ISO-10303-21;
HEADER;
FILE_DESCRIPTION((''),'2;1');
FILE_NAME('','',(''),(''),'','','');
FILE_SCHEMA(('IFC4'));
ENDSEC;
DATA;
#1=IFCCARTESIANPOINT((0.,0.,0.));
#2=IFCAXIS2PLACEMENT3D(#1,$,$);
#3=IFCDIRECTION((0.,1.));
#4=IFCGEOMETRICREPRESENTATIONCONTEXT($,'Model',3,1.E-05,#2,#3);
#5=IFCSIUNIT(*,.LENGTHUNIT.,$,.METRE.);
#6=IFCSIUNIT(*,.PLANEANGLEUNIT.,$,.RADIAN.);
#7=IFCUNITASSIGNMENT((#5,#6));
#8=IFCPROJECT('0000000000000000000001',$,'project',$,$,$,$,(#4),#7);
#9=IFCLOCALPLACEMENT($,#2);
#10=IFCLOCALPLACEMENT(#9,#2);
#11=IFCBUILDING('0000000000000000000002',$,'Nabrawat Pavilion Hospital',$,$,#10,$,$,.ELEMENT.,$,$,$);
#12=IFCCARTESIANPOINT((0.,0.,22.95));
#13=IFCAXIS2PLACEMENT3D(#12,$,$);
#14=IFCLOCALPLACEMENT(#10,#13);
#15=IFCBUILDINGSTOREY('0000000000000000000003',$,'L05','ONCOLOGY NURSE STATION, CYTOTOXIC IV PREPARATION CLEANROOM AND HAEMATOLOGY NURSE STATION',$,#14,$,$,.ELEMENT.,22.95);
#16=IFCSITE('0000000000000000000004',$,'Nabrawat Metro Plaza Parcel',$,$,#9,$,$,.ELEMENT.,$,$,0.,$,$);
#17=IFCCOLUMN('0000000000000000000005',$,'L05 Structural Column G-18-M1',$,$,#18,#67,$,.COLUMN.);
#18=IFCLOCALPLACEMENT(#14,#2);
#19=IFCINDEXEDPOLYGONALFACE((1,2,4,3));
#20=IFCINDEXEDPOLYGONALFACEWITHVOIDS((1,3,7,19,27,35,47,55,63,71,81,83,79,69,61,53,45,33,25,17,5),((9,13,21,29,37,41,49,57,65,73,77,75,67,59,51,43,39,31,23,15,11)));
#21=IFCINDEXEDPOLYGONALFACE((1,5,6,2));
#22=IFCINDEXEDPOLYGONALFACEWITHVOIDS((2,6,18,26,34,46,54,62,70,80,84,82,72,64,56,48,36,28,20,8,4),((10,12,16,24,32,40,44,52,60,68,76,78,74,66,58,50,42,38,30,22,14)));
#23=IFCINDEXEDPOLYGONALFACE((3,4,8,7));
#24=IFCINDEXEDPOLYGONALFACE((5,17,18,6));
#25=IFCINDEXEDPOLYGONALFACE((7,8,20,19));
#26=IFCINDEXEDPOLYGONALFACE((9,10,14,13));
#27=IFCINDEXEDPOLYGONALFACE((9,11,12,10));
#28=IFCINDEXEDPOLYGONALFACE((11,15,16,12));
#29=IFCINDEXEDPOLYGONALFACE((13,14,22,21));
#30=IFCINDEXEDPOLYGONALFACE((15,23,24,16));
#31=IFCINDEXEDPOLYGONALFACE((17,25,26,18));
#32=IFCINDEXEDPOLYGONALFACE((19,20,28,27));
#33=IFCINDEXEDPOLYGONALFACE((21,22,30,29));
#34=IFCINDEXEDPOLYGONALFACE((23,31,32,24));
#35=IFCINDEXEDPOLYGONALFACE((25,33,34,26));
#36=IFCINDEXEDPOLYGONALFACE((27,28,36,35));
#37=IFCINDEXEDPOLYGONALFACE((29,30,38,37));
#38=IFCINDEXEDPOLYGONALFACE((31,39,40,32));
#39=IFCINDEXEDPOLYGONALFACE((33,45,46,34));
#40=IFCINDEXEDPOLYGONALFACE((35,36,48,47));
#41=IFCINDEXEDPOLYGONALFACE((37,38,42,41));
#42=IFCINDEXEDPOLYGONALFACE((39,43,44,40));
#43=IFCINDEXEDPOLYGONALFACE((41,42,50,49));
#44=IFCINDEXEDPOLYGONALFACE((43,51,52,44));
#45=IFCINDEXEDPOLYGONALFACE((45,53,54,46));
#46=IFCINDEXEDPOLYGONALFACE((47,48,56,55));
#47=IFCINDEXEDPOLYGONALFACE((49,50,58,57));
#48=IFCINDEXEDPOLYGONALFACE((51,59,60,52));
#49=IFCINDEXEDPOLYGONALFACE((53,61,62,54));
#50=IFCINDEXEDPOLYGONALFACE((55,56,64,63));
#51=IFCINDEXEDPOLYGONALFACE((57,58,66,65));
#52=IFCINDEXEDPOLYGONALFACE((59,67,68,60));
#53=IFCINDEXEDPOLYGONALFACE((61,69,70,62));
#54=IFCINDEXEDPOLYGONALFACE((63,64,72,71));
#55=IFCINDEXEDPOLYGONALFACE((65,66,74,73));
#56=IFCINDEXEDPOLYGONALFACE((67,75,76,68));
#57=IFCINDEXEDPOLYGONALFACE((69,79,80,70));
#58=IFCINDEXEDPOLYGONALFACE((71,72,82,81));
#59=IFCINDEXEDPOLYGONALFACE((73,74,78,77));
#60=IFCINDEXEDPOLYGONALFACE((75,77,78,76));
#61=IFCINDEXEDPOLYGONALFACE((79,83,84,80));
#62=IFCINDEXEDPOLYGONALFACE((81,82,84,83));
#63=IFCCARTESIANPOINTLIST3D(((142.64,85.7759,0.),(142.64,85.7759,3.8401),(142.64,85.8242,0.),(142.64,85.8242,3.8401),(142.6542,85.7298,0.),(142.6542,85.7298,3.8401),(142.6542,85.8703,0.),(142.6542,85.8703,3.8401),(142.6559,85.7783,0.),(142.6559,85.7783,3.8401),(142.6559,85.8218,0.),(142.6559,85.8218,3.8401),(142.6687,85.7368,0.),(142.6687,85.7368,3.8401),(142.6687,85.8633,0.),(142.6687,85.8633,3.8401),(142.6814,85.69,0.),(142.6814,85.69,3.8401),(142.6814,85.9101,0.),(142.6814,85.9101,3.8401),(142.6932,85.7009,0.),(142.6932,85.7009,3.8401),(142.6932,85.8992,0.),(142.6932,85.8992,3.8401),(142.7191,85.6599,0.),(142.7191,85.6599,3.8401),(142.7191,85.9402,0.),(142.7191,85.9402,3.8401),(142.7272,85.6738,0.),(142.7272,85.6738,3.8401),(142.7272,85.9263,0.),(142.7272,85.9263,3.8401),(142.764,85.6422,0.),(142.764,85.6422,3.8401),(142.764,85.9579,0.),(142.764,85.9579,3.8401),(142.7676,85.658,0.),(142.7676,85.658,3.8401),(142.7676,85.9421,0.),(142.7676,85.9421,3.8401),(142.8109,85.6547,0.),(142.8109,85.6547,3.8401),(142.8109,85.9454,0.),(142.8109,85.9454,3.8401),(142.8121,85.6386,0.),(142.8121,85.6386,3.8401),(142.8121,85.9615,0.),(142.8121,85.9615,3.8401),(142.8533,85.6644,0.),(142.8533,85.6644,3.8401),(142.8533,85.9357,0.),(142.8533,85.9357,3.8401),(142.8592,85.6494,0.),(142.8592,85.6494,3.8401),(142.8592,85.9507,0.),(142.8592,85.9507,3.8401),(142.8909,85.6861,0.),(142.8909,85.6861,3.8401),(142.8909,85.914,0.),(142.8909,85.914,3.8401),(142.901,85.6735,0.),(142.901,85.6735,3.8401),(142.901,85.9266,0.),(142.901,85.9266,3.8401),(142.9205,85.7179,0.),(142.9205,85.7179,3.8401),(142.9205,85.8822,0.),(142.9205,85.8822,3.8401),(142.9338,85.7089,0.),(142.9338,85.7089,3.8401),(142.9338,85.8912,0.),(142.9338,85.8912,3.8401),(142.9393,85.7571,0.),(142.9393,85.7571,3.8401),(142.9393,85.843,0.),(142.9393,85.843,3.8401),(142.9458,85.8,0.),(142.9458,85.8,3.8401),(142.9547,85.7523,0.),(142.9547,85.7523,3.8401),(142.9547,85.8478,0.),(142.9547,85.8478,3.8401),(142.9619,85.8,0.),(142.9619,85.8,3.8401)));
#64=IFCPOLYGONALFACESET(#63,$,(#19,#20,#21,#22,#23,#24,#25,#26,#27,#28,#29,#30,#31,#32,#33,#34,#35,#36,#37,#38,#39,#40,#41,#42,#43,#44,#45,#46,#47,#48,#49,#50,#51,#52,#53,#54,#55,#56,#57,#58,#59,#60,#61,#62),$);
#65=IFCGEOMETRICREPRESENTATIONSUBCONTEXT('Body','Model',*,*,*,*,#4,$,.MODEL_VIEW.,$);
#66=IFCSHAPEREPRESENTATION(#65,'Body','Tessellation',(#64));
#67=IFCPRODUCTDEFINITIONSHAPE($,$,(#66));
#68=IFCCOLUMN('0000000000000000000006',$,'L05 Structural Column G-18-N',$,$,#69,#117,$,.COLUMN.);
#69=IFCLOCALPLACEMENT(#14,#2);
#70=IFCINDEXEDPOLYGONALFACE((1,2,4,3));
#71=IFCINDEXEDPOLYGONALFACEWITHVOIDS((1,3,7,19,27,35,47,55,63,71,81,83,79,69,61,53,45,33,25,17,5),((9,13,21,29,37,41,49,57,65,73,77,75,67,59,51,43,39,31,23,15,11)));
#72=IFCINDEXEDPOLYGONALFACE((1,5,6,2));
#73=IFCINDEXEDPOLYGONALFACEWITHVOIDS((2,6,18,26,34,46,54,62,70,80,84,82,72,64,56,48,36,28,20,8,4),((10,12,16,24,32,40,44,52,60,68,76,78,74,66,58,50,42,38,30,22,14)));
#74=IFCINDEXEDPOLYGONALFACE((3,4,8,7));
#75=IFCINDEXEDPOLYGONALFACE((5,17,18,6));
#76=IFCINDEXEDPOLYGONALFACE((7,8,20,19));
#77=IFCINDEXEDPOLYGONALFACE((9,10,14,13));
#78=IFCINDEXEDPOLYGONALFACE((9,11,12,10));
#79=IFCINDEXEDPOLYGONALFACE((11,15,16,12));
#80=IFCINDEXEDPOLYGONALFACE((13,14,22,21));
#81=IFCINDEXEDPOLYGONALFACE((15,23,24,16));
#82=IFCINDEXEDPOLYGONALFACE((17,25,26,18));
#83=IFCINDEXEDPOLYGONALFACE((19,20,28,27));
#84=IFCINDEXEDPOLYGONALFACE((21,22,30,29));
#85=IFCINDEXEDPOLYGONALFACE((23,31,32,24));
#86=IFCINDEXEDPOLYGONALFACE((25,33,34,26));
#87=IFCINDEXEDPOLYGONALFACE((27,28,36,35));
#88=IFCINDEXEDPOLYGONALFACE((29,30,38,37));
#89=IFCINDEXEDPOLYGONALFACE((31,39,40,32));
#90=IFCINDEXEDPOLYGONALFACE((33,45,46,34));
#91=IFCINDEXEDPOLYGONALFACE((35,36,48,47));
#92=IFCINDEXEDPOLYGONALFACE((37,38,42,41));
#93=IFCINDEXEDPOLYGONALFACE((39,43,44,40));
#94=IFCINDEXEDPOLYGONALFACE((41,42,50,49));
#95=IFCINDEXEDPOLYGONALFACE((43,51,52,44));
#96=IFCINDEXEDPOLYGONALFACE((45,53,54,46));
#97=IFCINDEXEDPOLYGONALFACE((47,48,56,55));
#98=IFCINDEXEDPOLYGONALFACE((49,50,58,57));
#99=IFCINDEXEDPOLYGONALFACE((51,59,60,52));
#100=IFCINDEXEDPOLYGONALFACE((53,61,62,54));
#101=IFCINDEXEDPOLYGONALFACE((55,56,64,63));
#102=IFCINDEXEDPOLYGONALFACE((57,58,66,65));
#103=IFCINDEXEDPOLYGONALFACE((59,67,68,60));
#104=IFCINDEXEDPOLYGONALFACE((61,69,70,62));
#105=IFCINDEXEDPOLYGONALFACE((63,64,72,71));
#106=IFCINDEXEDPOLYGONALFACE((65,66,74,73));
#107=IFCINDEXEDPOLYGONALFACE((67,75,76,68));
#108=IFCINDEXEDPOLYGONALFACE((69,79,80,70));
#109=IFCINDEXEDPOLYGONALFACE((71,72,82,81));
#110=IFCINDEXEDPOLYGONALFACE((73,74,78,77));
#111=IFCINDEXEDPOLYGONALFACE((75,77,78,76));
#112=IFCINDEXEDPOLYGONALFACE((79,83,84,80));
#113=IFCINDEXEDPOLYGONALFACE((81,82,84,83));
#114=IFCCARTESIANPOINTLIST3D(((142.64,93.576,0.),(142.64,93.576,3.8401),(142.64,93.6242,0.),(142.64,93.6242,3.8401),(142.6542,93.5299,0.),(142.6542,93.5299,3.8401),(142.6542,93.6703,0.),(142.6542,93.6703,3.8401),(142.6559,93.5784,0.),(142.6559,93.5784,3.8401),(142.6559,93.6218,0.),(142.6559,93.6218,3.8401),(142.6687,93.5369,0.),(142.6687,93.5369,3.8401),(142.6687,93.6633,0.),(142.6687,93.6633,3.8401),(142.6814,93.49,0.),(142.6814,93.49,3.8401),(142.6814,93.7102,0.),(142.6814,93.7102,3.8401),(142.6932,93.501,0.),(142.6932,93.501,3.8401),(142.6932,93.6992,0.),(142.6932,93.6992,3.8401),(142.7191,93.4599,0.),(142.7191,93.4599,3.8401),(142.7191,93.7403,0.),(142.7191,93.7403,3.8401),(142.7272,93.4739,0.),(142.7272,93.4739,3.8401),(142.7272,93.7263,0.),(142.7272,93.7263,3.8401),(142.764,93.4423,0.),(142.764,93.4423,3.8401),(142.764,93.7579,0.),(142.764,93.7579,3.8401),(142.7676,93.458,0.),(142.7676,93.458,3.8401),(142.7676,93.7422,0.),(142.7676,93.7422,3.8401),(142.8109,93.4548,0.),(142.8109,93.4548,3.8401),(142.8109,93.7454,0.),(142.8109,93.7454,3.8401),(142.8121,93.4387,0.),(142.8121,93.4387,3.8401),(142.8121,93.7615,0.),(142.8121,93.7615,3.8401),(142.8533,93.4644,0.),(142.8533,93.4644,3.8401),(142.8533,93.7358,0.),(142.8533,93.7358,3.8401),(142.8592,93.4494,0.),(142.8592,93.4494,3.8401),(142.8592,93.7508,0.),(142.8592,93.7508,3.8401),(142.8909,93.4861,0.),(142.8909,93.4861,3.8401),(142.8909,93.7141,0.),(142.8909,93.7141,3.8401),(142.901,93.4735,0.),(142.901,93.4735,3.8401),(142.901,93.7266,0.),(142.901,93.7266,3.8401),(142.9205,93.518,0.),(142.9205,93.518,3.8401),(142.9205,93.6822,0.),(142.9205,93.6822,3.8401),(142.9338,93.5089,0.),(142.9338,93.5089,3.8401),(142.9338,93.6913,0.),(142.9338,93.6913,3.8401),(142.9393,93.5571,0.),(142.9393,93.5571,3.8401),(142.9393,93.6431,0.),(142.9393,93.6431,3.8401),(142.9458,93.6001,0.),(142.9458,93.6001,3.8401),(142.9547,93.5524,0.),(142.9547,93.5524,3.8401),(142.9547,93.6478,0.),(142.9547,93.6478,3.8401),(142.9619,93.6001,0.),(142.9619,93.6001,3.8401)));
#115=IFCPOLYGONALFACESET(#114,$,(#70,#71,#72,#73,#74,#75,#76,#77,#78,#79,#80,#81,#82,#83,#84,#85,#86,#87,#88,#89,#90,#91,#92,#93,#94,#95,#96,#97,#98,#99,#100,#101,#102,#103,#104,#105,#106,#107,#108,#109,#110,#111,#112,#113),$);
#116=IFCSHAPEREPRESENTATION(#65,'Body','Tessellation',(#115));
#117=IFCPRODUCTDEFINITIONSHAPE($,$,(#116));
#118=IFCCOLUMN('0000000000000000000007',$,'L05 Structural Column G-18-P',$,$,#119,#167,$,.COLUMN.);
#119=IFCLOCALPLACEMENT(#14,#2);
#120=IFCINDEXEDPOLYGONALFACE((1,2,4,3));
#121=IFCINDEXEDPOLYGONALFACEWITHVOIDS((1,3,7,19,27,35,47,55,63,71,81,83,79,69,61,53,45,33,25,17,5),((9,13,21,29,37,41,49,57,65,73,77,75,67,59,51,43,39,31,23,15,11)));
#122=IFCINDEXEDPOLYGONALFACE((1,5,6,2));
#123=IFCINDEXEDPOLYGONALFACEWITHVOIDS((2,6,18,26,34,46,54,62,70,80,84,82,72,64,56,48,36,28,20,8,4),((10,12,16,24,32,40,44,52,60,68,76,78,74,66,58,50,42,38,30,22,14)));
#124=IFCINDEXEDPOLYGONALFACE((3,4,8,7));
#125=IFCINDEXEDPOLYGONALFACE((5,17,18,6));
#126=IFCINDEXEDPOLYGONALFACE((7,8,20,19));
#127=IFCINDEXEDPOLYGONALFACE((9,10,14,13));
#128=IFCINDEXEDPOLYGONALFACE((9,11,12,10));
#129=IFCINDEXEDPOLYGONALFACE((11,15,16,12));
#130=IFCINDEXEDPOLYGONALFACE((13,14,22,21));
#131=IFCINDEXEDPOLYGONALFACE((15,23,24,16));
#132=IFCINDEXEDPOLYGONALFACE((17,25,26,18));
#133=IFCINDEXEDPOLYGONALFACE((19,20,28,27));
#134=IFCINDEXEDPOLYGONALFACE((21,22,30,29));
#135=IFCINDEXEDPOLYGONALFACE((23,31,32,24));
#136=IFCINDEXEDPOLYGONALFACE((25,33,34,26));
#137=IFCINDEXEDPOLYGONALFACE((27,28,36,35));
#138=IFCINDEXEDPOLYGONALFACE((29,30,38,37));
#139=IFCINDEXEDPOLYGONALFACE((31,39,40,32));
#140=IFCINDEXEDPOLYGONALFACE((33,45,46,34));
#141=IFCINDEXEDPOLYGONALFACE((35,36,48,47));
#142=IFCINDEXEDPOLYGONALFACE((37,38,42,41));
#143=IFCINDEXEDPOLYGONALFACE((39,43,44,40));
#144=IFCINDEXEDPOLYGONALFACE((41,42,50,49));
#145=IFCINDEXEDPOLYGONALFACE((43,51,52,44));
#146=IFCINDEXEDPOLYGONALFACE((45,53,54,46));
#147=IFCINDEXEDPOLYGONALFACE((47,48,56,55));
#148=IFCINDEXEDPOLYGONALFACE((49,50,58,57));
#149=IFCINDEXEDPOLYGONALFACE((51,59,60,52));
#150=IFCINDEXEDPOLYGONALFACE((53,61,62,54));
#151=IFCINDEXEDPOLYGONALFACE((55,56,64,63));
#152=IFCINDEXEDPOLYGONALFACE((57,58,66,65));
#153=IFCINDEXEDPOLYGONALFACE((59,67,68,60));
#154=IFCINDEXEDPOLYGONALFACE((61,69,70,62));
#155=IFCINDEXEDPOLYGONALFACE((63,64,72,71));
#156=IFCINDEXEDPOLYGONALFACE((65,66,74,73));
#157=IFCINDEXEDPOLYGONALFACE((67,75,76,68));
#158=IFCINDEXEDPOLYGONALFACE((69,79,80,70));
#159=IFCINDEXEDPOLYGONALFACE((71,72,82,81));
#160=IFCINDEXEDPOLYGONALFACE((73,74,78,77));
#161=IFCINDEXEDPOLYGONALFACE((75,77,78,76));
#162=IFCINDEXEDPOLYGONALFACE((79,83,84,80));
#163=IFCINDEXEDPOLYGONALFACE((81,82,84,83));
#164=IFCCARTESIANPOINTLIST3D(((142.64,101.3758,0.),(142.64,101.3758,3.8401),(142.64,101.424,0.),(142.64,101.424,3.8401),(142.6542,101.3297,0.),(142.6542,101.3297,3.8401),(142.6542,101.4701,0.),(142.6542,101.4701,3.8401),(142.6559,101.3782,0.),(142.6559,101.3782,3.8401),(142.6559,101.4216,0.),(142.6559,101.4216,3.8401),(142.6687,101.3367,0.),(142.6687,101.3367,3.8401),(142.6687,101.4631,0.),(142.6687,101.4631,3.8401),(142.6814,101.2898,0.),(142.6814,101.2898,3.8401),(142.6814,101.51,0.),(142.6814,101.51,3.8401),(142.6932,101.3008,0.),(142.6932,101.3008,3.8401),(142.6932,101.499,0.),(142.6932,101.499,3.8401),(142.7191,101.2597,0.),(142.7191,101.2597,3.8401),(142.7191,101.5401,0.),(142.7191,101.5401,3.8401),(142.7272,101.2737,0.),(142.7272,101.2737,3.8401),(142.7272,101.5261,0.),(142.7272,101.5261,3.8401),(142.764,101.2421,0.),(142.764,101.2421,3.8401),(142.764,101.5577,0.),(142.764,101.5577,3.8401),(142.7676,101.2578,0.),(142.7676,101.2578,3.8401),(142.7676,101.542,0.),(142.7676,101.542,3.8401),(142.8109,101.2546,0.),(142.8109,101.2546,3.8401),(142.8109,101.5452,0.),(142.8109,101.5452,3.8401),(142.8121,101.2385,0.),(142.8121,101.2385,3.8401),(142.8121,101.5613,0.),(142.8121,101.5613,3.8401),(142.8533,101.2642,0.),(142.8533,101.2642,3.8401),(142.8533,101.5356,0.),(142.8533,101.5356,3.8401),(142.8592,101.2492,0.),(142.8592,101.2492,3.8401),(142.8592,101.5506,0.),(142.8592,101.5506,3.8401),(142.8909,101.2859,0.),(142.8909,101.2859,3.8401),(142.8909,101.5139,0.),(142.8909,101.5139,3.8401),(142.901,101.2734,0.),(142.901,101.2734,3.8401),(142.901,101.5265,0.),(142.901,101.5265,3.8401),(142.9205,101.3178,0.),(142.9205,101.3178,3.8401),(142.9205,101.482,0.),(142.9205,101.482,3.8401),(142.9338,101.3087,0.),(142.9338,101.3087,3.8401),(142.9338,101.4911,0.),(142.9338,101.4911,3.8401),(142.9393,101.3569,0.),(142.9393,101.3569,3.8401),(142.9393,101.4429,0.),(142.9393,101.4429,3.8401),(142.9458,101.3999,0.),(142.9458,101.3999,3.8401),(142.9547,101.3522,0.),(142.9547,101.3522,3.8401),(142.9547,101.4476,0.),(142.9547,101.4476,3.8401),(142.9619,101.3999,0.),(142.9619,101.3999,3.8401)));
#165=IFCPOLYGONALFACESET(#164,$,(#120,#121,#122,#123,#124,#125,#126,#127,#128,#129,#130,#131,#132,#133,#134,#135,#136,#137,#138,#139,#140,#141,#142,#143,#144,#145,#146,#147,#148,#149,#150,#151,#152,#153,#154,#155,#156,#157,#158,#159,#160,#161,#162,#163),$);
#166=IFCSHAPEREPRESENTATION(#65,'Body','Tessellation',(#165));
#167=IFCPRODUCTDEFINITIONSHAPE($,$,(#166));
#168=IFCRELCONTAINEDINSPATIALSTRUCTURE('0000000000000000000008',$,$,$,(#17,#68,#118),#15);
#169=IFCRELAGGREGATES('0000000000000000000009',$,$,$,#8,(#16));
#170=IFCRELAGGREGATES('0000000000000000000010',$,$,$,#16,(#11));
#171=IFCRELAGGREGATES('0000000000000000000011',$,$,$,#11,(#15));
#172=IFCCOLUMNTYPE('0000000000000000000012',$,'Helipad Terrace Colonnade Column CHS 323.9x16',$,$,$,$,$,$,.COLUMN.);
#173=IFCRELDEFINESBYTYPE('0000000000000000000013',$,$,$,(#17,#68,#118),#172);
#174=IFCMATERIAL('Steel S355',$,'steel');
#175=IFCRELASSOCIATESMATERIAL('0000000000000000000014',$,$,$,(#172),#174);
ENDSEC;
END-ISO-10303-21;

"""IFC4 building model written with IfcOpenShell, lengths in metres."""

from ifc_helpers import new_model, si_unit, direction, frame, origin, origin_2d, place, context, subcontext, project, spatial, hollow_circle, extrude, material, material_profile, profile_set, type_object, element, save


model = new_model("IFC4")

# Units and contexts
model_context = context("Model", 3, precision=1e-05, world=origin(), true_north=direction((0.0, 1.0)))
body_context = subcontext(model_context, "Body", "Model", "MODEL_VIEW")
ifc_project = project(units=[si_unit("LENGTHUNIT", "METRE"), si_unit("PLANEANGLEUNIT", "RADIAN")], contexts=[model_context])

# Site, building, storey
site_placement = place(None, origin())
site = spatial("IfcSite", under=ifc_project, at=site_placement, Name="Nabrawat Metro Plaza Parcel", CompositionType="ELEMENT", RefElevation=0.0)
building_placement = place(site_placement, origin())
building = spatial("IfcBuilding", under=site, at=building_placement, Name="Nabrawat Pavilion Hospital", CompositionType="ELEMENT")
storey_placement = place(building_placement, frame((0.0, 0.0, 22.95)))
storey = spatial("IfcBuildingStorey", under=building, at=storey_placement, Name="L05", Description="ONCOLOGY NURSE STATION, CYTOTOXIC IV PREPARATION CLEANROOM AND HAEMATOLOGY NURSE STATION", CompositionType="ELEMENT", Elevation=22.95)

# Columns
ifc_material_1 = material(Name="Steel S355", Category="steel")
ifc_material_profile_1 = material_profile(ifc_material_1, hollow_circle(Radius=0.1619, WallThickness=0.0161, at=origin_2d()), Name="CHS 323.9x16")
ifc_profile_set_1 = profile_set([ifc_material_profile_1], Name="Steel S355")
column_type_1 = type_object("IfcColumnType", Name="Helipad Terrace Colonnade Column CHS 323.9x16", PredefinedType="COLUMN", material=ifc_profile_set_1)
for number, where, z_axis, x_axis, name in (
    (1, (142.8, 85.8, 0.0), (0.0, 0.0, 1.0), (1.0, 0.0, 0.0), "L05 Structural Column G-18-M1"),
    (2, (142.8, 93.6001, 0.0), (0.0, 0.0, 1.0), (1.0, 0.0, 0.0), "L05 Structural Column G-18-N"),
    (3, (142.8, 101.3999, 0.0), (0.0, 0.0, 1.0), (1.0, 0.0, 0.0), "L05 Structural Column G-18-P"),
):
    element("IfcColumn", number, at=place(storey_placement, frame(where, z_axis=z_axis, x_axis=x_axis)), inside=storey, type_object=column_type_1, Name=name, PredefinedType="COLUMN", context=body_context, shape_type="SweptSolid", body=[
        extrude(hollow_circle(Radius=0.1619, WallThickness=0.0161, at=origin_2d()), origin(), (0.0, 0.0, 1.0), 3.8401),
    ])

save(model, "model.ifc")
